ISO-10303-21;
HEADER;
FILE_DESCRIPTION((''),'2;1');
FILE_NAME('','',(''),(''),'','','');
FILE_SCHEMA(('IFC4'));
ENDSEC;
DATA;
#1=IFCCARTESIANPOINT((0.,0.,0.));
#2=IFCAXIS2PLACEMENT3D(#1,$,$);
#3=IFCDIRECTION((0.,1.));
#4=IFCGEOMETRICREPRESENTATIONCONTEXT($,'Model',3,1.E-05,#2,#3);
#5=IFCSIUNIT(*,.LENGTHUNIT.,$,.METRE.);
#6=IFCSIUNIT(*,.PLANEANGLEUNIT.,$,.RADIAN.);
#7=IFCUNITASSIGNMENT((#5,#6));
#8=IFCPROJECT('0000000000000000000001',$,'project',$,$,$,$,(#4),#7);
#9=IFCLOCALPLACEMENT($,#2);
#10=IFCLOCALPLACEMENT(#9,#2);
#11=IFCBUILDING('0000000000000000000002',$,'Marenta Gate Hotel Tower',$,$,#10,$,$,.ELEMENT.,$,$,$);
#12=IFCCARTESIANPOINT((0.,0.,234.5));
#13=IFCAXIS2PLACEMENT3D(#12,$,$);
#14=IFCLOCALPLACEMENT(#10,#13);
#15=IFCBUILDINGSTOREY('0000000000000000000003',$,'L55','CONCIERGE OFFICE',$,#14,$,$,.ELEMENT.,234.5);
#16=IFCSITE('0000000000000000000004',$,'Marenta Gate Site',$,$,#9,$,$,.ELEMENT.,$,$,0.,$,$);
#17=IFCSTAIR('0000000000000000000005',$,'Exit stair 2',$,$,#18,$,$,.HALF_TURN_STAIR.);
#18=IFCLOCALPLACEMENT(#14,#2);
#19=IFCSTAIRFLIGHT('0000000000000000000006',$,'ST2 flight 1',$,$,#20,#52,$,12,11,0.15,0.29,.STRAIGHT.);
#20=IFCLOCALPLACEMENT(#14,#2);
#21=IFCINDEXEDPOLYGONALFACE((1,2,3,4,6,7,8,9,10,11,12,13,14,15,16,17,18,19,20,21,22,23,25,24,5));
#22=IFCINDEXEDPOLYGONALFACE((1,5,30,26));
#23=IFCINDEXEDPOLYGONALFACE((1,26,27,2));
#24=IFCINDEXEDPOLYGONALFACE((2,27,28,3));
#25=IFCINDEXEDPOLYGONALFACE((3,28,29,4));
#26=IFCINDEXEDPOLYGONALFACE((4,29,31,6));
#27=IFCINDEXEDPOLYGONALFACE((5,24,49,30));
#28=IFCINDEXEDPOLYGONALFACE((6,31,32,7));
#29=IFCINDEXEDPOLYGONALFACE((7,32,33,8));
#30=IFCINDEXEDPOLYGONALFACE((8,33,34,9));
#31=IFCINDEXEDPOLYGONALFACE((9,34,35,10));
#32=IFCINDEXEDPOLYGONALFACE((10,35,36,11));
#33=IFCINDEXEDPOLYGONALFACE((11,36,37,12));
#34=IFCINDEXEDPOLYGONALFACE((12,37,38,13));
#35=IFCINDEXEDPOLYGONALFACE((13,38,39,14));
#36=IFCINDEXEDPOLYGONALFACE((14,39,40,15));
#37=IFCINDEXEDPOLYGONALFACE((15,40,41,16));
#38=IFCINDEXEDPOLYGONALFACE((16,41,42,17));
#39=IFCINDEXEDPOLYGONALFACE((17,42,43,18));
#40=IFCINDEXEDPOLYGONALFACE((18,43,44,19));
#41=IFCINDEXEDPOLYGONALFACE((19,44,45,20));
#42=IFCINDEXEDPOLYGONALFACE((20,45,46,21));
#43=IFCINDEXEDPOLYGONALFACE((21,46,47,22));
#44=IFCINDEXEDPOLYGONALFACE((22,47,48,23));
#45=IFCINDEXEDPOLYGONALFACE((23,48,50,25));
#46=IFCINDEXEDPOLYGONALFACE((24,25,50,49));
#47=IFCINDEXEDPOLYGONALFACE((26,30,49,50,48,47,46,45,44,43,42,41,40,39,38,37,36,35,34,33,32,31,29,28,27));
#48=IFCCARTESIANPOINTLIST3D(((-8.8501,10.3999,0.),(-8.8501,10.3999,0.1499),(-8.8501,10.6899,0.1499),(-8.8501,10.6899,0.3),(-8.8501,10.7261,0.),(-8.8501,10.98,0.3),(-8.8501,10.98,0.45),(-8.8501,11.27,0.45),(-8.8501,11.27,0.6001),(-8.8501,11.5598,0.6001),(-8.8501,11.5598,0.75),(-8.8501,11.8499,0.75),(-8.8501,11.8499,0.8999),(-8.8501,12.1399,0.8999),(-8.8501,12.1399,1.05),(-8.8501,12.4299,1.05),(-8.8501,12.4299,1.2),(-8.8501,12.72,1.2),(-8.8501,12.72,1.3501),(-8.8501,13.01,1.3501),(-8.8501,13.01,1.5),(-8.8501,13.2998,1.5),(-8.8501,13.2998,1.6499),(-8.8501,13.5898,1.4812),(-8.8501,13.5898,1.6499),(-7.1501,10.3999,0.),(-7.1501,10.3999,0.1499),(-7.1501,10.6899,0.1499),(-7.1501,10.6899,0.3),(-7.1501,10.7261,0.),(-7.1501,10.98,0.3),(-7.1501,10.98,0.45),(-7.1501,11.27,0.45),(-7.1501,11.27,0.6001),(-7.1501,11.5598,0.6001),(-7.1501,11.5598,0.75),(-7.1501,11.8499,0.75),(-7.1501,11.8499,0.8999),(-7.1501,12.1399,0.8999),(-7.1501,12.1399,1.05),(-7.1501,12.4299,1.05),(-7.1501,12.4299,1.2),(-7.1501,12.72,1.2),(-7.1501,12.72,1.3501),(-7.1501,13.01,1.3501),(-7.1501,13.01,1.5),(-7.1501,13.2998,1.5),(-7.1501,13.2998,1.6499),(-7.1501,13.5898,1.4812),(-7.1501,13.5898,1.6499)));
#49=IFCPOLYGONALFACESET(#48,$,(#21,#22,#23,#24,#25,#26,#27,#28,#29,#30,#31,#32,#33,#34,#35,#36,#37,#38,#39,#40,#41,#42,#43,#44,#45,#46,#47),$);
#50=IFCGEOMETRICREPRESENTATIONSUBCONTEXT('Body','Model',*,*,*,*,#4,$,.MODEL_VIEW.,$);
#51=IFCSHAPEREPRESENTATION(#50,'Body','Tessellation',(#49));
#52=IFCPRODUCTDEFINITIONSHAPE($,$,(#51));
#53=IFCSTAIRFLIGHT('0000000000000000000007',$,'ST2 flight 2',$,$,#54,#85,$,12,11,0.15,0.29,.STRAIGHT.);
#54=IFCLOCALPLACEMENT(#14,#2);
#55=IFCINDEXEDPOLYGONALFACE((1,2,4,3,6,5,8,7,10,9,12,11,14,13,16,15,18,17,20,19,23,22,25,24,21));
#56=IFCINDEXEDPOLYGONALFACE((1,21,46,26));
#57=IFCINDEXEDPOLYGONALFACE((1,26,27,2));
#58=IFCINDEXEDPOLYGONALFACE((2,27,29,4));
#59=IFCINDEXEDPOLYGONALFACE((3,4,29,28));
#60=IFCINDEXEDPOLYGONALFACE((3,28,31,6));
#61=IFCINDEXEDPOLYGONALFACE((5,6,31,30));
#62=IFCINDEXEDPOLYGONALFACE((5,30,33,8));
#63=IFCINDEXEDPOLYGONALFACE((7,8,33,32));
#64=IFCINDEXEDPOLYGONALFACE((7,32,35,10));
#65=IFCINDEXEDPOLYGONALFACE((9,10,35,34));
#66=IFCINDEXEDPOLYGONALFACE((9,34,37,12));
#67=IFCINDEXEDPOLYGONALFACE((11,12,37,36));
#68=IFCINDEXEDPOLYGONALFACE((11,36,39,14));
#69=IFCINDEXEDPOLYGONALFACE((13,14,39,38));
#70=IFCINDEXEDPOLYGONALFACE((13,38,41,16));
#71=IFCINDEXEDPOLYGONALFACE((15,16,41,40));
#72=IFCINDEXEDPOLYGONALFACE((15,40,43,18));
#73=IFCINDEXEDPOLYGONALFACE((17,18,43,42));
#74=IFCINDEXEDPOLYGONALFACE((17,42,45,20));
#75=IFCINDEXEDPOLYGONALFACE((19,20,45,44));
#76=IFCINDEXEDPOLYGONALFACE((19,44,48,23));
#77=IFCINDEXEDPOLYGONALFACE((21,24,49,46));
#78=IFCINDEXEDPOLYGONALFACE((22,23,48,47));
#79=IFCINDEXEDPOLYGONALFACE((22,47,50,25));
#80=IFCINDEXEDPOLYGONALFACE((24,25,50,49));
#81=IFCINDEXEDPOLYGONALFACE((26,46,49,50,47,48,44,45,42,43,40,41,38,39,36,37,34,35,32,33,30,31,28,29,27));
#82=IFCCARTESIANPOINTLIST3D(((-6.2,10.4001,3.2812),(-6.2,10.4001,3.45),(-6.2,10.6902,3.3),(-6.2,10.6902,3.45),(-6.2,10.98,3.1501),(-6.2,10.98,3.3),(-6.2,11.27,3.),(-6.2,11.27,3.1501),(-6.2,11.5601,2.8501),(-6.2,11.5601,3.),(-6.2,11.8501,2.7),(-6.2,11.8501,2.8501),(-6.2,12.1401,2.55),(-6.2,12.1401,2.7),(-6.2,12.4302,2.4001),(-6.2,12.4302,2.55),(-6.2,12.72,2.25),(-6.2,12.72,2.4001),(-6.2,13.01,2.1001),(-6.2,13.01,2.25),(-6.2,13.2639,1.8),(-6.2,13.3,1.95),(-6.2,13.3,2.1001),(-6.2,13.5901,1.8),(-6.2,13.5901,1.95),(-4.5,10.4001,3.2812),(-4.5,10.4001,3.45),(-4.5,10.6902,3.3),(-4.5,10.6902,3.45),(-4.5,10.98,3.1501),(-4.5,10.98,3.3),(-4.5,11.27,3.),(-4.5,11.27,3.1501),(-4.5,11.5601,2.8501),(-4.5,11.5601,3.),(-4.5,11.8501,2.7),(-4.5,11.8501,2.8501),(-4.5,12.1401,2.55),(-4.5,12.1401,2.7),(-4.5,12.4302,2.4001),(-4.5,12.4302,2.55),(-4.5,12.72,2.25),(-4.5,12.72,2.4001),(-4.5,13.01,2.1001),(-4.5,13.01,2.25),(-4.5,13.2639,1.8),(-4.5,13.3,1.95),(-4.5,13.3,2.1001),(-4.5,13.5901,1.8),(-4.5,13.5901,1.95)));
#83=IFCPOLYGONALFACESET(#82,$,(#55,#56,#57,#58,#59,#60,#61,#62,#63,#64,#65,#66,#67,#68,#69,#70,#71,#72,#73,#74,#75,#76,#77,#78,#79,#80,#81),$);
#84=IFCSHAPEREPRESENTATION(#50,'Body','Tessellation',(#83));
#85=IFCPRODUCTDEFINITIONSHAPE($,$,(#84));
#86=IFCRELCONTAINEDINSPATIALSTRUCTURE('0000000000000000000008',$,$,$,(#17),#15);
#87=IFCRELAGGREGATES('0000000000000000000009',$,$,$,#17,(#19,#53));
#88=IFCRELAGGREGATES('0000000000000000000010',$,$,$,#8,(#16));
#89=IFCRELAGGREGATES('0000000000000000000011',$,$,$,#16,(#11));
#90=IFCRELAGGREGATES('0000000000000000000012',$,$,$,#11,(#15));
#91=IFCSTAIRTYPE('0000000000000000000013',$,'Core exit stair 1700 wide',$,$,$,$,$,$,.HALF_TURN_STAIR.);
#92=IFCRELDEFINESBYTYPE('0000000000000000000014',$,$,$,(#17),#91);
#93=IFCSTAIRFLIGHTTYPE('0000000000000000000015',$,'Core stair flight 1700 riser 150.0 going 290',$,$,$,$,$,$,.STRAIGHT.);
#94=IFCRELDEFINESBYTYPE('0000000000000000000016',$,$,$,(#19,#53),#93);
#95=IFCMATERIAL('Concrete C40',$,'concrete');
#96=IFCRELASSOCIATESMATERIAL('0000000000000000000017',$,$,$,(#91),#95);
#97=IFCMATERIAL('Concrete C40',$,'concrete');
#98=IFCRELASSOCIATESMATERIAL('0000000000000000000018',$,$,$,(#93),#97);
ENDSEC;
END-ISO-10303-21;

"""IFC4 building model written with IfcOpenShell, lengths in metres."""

from ifc_helpers import new_model, si_unit, direction, frame, origin, place, context, subcontext, project, spatial, polyline, outline, extrude, material, type_object, element, aggregate, save


model = new_model("IFC4")

# Units and contexts
model_context = context("Model", 3, precision=1e-05, world=origin(), true_north=direction((0.0, 1.0)))
body_context = subcontext(model_context, "Body", "Model", "MODEL_VIEW")
ifc_project = project(units=[si_unit("LENGTHUNIT", "METRE"), si_unit("PLANEANGLEUNIT", "RADIAN")], contexts=[model_context])

# Site, building, storey
site_placement = place(None, origin())
site = spatial("IfcSite", under=ifc_project, at=site_placement, Name="Marenta Gate Site", CompositionType="ELEMENT", RefElevation=0.0)
building_placement = place(site_placement, origin())
building = spatial("IfcBuilding", under=site, at=building_placement, Name="Marenta Gate Hotel Tower", CompositionType="ELEMENT")
storey_placement = place(building_placement, frame((0.0, 0.0, 234.5)))
storey = spatial("IfcBuildingStorey", under=building, at=storey_placement, Name="L55", Description="CONCIERGE OFFICE", CompositionType="ELEMENT", Elevation=234.5)

# Stair, stair flights
ifc_material_1 = material(Name="Concrete C40", Category="concrete")
stair_type = type_object("IfcStairType", Name="Core exit stair 1700 wide", PredefinedType="HALF_TURN_STAIR", material=ifc_material_1)
stair_placement = place(storey_placement, origin())
stair = element("IfcStair", 1, at=stair_placement, inside=storey, type_object=stair_type, Name="Exit stair 2", PredefinedType="HALF_TURN_STAIR")
ifc_material_2 = material(Name="Concrete C40", Category="concrete")
stair_flight_type = type_object("IfcStairFlightType", Name="Core stair flight 1700 riser 150.0 going 290", PredefinedType="STRAIGHT", material=ifc_material_2)
stair_flight_1_placement = place(storey_placement, frame((-8.0, 10.3999, 0.0), z_axis=(0.0, 0.0, 1.0), x_axis=(0.0, 1.0, 0.0)))
stair_flight_1 = element("IfcStairFlight", 2, at=stair_flight_1_placement, type_object=stair_flight_type, Name="ST2 flight 1", NumberOfRisers=12, NumberOfTreads=11, PredefinedType="STRAIGHT", RiserHeight=0.15, TreadLength=0.29, context=body_context, shape_type="SweptSolid", body=[
    extrude(outline(polyline([(0.0, 0.0), (0.0, 0.1499), (0.29, 0.1499), (0.29, 0.3), (0.5801, 0.3), (0.5801, 0.45), (0.8701, 0.45), (0.8701, 0.6001), (1.1599, 0.6001), (1.1599, 0.75), (1.45, 0.75), (1.45, 0.8999), (1.74, 0.8999), (1.74, 1.05), (2.03, 1.05), (2.03, 1.2), (2.3201, 1.2), (2.3201, 1.3501), (2.6101, 1.3501), (2.6101, 1.5), (2.8999, 1.5), (2.8999, 1.6499), (3.1899, 1.6499), (3.1899, 1.8), (3.1899, 1.4812), (0.3262, 0.0), (0.0, 0.0)])), frame((0.0, 0.8501, 0.0), z_axis=(0.0, -1.0, 0.0), x_axis=(1.0, 0.0, 0.0)), (0.0, 0.0, 1.0), 1.7),
])
stair_flight_2_placement = place(storey_placement, frame((-5.3501, 13.5901, 1.8), z_axis=(0.0, 0.0, 1.0), x_axis=(0.0, -1.0, 0.0)))
stair_flight_2 = element("IfcStairFlight", 3, at=stair_flight_2_placement, type_object=stair_flight_type, Name="ST2 flight 2", NumberOfRisers=12, NumberOfTreads=11, PredefinedType="STRAIGHT", RiserHeight=0.15, TreadLength=0.29, context=body_context, shape_type="SweptSolid", body=[
    extrude(outline(polyline([(0.0, 0.0), (0.0, 0.1499), (0.29, 0.1499), (0.29, 0.3), (0.5801, 0.3), (0.5801, 0.45), (0.8701, 0.45), (0.8701, 0.6001), (1.1599, 0.6001), (1.1599, 0.75), (1.45, 0.75), (1.45, 0.8999), (1.74, 0.8999), (1.74, 1.05), (2.03, 1.05), (2.03, 1.2), (2.3201, 1.2), (2.3201, 1.3501), (2.6101, 1.3501), (2.6101, 1.5), (2.8999, 1.5), (2.8999, 1.6499), (3.1899, 1.6499), (3.1899, 1.8), (3.1899, 1.4812), (0.3262, 0.0), (0.0, 0.0)])), frame((0.0, 0.8501, 0.0), z_axis=(0.0, -1.0, 0.0), x_axis=(1.0, 0.0, 0.0)), (0.0, 0.0, 1.0), 1.7),
])
aggregate(stair, [stair_flight_1, stair_flight_2])

save(model, "model.ifc")
